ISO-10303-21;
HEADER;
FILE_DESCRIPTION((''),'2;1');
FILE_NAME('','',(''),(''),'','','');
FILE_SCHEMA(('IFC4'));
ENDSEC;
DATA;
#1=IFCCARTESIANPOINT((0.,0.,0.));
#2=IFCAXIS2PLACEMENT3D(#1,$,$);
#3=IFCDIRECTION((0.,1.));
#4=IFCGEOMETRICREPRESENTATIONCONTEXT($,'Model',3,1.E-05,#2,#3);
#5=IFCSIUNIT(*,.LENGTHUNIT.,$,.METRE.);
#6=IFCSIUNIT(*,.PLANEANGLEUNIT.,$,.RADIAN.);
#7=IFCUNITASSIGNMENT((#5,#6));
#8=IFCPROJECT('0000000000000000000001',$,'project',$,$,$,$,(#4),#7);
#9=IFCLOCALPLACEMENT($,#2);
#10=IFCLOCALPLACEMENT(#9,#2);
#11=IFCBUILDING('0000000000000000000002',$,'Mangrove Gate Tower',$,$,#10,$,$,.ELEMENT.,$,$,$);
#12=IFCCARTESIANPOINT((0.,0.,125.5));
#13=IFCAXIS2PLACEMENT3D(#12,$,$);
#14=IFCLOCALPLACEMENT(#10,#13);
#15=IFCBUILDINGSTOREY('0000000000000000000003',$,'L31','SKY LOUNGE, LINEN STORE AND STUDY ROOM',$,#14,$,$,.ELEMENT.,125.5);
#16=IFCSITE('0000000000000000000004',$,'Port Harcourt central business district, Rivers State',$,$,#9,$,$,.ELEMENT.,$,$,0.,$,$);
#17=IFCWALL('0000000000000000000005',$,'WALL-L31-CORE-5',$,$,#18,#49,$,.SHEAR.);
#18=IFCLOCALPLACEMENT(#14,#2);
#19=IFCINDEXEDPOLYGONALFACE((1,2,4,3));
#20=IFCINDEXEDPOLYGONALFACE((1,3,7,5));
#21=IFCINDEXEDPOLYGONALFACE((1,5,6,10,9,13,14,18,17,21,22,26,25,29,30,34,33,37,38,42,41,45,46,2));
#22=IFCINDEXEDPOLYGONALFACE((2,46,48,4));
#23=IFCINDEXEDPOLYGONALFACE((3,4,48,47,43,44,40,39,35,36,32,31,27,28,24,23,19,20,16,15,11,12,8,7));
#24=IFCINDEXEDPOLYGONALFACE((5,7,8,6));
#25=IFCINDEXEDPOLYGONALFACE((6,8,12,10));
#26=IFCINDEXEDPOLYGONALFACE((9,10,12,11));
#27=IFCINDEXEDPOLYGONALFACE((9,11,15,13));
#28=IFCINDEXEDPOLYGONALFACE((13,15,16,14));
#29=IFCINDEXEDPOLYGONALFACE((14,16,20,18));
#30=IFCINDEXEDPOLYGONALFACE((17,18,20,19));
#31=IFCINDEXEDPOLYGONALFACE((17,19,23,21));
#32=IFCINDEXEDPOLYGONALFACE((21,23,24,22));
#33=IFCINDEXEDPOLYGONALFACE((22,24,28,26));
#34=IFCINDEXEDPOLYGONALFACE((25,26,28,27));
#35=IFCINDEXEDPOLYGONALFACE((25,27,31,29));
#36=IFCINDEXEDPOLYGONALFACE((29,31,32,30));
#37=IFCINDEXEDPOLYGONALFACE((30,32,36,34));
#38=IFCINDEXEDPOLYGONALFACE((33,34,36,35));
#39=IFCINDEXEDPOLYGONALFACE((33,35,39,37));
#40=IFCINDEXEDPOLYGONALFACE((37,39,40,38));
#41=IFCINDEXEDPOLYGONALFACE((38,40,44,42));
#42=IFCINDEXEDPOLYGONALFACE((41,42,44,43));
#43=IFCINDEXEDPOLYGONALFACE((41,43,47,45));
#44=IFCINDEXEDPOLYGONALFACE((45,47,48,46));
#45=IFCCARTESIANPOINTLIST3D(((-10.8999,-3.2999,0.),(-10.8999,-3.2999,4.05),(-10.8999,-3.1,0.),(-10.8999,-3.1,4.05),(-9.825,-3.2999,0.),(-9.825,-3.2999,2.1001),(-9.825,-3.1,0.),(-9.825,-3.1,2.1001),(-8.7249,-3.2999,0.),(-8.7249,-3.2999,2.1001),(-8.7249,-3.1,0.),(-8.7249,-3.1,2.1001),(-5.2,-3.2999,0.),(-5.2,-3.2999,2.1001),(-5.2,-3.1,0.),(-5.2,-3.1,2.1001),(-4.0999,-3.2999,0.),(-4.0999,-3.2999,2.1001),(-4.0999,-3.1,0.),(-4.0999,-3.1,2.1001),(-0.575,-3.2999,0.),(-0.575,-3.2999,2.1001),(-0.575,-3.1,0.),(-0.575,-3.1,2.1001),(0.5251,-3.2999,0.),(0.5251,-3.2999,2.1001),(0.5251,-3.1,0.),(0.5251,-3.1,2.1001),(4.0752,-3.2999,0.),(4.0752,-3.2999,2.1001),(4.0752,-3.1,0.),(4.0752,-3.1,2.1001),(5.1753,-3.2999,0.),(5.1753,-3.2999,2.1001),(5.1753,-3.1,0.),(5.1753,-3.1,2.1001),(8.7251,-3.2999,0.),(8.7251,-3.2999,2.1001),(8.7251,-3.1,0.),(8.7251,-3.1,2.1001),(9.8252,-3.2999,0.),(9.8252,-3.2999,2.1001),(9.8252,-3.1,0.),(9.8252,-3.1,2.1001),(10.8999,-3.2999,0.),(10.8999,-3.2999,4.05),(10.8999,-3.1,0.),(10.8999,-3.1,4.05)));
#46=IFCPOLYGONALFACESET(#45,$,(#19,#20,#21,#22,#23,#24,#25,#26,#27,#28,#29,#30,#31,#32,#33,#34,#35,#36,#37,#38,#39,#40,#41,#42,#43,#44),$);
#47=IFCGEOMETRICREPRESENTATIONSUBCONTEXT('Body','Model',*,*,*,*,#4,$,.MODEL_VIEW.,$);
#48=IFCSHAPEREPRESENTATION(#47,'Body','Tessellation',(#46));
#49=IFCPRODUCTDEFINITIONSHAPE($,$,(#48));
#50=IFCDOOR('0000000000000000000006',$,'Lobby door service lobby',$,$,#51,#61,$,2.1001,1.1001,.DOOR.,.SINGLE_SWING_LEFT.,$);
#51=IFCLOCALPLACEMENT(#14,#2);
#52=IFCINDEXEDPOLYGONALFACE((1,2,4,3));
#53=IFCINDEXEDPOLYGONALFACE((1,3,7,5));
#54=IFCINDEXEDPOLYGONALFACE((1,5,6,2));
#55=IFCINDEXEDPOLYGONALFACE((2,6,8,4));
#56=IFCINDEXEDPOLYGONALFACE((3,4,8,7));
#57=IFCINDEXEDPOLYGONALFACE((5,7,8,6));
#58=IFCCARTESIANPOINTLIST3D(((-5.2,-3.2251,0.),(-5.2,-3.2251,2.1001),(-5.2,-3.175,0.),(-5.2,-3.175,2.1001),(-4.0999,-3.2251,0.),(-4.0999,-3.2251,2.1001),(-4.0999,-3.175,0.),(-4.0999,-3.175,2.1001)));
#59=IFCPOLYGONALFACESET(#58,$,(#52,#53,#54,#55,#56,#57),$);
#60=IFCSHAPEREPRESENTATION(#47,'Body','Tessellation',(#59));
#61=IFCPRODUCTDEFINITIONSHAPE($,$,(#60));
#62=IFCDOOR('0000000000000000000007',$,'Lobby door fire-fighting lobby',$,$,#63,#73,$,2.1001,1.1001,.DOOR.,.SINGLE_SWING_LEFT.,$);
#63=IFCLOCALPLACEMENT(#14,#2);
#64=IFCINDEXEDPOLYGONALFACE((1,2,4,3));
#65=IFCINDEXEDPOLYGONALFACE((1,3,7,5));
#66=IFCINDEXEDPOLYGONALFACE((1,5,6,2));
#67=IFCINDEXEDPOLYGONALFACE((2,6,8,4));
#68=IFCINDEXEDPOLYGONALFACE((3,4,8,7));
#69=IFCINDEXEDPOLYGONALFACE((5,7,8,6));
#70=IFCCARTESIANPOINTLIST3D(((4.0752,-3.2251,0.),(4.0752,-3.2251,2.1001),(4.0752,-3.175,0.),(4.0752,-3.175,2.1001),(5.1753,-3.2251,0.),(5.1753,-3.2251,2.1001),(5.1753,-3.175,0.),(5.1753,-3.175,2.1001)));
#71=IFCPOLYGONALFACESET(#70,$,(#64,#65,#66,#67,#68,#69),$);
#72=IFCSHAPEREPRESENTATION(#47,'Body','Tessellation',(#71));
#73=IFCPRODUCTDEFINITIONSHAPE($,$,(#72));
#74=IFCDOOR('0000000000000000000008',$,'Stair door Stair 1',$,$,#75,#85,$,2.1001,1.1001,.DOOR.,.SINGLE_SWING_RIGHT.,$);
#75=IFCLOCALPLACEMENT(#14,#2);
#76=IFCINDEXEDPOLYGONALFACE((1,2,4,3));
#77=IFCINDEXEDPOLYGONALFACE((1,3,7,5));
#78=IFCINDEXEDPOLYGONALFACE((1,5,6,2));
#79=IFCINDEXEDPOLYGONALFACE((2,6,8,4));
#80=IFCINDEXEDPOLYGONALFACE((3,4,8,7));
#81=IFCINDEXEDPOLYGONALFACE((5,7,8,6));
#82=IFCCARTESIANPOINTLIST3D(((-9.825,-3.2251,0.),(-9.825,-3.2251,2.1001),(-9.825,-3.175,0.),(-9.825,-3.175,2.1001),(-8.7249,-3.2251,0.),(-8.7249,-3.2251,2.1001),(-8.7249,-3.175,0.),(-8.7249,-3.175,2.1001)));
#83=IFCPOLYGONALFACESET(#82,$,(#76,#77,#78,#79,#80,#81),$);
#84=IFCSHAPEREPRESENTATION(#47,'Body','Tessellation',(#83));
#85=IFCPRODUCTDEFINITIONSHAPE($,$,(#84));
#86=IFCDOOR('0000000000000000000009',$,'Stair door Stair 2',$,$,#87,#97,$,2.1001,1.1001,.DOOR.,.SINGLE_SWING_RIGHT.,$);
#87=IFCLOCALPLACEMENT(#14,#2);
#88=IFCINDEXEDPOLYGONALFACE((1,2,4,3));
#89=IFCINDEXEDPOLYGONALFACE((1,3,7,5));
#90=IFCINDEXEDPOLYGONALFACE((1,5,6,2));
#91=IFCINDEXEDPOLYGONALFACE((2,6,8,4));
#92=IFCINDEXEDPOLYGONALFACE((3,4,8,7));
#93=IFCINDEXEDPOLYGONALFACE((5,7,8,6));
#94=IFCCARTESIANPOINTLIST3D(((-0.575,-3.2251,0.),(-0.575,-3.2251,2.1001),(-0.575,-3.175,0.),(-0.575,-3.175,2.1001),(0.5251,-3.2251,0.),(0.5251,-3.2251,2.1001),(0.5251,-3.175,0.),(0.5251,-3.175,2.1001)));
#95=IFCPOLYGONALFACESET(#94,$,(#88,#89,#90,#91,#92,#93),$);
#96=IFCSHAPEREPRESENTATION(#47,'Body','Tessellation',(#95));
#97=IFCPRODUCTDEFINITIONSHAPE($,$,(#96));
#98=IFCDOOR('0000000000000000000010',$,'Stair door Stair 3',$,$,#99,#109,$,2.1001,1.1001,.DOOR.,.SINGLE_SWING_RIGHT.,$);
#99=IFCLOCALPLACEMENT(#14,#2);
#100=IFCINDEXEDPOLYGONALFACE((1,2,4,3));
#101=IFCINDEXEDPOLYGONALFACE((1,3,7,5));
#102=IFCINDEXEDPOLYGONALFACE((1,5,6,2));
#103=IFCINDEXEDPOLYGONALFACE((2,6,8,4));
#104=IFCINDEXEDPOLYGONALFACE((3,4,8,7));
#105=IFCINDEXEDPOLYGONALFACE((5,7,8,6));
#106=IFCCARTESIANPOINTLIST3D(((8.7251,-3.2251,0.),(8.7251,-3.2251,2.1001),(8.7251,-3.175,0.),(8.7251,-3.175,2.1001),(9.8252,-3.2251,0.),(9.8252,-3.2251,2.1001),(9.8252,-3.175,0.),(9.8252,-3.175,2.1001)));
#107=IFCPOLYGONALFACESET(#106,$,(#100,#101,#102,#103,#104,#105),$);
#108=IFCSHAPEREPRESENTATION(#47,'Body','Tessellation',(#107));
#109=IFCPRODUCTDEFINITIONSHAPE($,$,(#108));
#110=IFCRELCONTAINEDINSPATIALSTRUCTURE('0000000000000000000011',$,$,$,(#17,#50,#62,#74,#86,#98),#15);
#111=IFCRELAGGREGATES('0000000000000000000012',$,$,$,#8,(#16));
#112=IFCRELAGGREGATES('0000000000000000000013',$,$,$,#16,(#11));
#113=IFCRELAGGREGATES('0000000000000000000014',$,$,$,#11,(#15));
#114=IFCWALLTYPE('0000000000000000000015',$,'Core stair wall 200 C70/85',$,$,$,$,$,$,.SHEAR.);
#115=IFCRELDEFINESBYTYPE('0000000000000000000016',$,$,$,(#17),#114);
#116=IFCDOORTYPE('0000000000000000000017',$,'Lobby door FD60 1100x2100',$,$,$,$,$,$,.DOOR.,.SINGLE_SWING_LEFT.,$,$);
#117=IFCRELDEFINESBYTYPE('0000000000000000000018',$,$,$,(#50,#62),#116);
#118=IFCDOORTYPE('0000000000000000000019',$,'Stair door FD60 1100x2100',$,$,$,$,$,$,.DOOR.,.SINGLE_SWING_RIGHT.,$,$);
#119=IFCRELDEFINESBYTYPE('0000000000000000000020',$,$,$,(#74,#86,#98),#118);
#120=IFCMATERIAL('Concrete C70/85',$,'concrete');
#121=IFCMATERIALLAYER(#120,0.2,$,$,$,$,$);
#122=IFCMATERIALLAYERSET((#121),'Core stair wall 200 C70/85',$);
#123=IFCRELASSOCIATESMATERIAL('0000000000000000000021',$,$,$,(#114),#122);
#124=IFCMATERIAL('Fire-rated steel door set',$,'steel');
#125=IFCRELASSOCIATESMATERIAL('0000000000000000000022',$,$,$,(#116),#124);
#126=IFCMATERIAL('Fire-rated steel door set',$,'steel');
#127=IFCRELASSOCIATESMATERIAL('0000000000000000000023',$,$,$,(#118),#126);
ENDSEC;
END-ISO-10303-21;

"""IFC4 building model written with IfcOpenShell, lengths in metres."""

from ifc_helpers import new_model, si_unit, direction, frame, frame_2d, origin, place, context, subcontext, project, spatial, rectangle, extrude, material, layer, layer_set, type_object, element, fill, save


model = new_model("IFC4")

# Units and contexts
model_context = context("Model", 3, precision=1e-05, world=origin(), true_north=direction((0.0, 1.0)))
body_context = subcontext(model_context, "Body", "Model", "MODEL_VIEW")
ifc_project = project(units=[si_unit("LENGTHUNIT", "METRE"), si_unit("PLANEANGLEUNIT", "RADIAN")], contexts=[model_context])

# Site, building, storey
site_placement = place(None, origin())
site = spatial("IfcSite", under=ifc_project, at=site_placement, Name="Port Harcourt central business district, Rivers State", CompositionType="ELEMENT", RefElevation=0.0)
building_placement = place(site_placement, origin())
building = spatial("IfcBuilding", under=site, at=building_placement, Name="Mangrove Gate Tower", CompositionType="ELEMENT")
storey_placement = place(building_placement, frame((0.0, 0.0, 125.5)))
storey = spatial("IfcBuildingStorey", under=building, at=storey_placement, Name="L31", Description="SKY LOUNGE, LINEN STORE AND STUDY ROOM", CompositionType="ELEMENT", Elevation=125.5)

# Wall, openings, doors
ifc_material_1 = material(Name="Concrete C70/85", Category="concrete")
ifc_layer_1 = layer(ifc_material_1, 0.2)
ifc_layer_set_1 = layer_set([ifc_layer_1], Name="Core stair wall 200 C70/85")
wall_type_1 = type_object("IfcWallType", Name="Core stair wall 200 C70/85", PredefinedType="SHEAR", material=ifc_layer_set_1)
wall_1_placement = place(storey_placement, frame((-10.8999, -3.2, 0.0), z_axis=(0.0, 0.0, 1.0), x_axis=(1.0, 0.0, 0.0)))
wall_1 = element("IfcWall", 1, at=wall_1_placement, inside=storey, type_object=wall_type_1, Name="WALL-L31-CORE-5", PredefinedType="SHEAR", context=body_context, shape_type="SweptSolid", body=[
    extrude(rectangle(XDim=21.7998, YDim=0.2, at=frame_2d((10.8999, 0.0))), origin(), (0.0, 0.0, 1.0), 4.05),
])
opening_1_placement = place(wall_1_placement, frame((1.075, 0.0, 0.0)))
opening_1 = element("IfcOpeningElement", 2, at=opening_1_placement, cuts=wall_1, PredefinedType="OPENING", context=body_context, shape_type="SweptSolid", body=[
    extrude(rectangle(XDim=1.1001, YDim=2.1001, at=frame_2d((0.55, 1.05))), frame((0.0, 0.1099, 0.0), z_axis=(0.0, -1.0, 0.0), x_axis=(1.0, 0.0, 0.0)), (0.0, 0.0, 1.0), 0.22),
])
opening_2_placement = place(wall_1_placement, frame((10.325, 0.0, 0.0)))
opening_2 = element("IfcOpeningElement", 3, at=opening_2_placement, cuts=wall_1, PredefinedType="OPENING", context=body_context, shape_type="SweptSolid", body=[
    extrude(rectangle(XDim=1.1001, YDim=2.1001, at=frame_2d((0.55, 1.05))), frame((0.0, 0.1099, 0.0), z_axis=(0.0, -1.0, 0.0), x_axis=(1.0, 0.0, 0.0)), (0.0, 0.0, 1.0), 0.22),
])
opening_3_placement = place(wall_1_placement, frame((19.625, 0.0, 0.0)))
opening_3 = element("IfcOpeningElement", 4, at=opening_3_placement, cuts=wall_1, PredefinedType="OPENING", context=body_context, shape_type="SweptSolid", body=[
    extrude(rectangle(XDim=1.1001, YDim=2.1001, at=frame_2d((0.55, 1.05))), frame((0.0, 0.1099, 0.0), z_axis=(0.0, -1.0, 0.0), x_axis=(1.0, 0.0, 0.0)), (0.0, 0.0, 1.0), 0.22),
])
opening_4_placement = place(wall_1_placement, frame((5.7, 0.0, 0.0)))
opening_4 = element("IfcOpeningElement", 5, at=opening_4_placement, cuts=wall_1, PredefinedType="OPENING", context=body_context, shape_type="SweptSolid", body=[
    extrude(rectangle(XDim=1.1001, YDim=2.1001, at=frame_2d((0.55, 1.05))), frame((0.0, 0.1099, 0.0), z_axis=(0.0, -1.0, 0.0), x_axis=(1.0, 0.0, 0.0)), (0.0, 0.0, 1.0), 0.22),
])
opening_5_placement = place(wall_1_placement, frame((14.9751, 0.0, 0.0)))
opening_5 = element("IfcOpeningElement", 6, at=opening_5_placement, cuts=wall_1, PredefinedType="OPENING", context=body_context, shape_type="SweptSolid", body=[
    extrude(rectangle(XDim=1.1001, YDim=2.1001, at=frame_2d((0.55, 1.05))), frame((0.0, 0.1099, 0.0), z_axis=(0.0, -1.0, 0.0), x_axis=(1.0, 0.0, 0.0)), (0.0, 0.0, 1.0), 0.22),
])
ifc_material_2 = material(Name="Fire-rated steel door set", Category="steel")
door_type_1 = type_object("IfcDoorType", Name="Lobby door FD60 1100x2100", OperationType="SINGLE_SWING_LEFT", PredefinedType="DOOR", material=ifc_material_2)
door_1_placement = place(opening_4_placement, origin())
door_1 = element("IfcDoor", 7, at=door_1_placement, inside=storey, type_object=door_type_1, Name="Lobby door service lobby", OperationType="SINGLE_SWING_LEFT", OverallHeight=2.1001, OverallWidth=1.1001, PredefinedType="DOOR", context=body_context, shape_type="SweptSolid", body=[
    extrude(rectangle(XDim=1.1001, YDim=2.1001, at=frame_2d((0.55, 1.05))), frame((0.0, 0.0249, 0.0), z_axis=(0.0, -1.0, 0.0), x_axis=(1.0, 0.0, 0.0)), (0.0, 0.0, 1.0), 0.05),
])
fill(opening_4, door_1)
door_2_placement = place(opening_5_placement, origin())
door_2 = element("IfcDoor", 8, at=door_2_placement, inside=storey, type_object=door_type_1, Name="Lobby door fire-fighting lobby", OperationType="SINGLE_SWING_LEFT", OverallHeight=2.1001, OverallWidth=1.1001, PredefinedType="DOOR", context=body_context, shape_type="SweptSolid", body=[
    extrude(rectangle(XDim=1.1001, YDim=2.1001, at=frame_2d((0.55, 1.05))), frame((0.0, 0.0249, 0.0), z_axis=(0.0, -1.0, 0.0), x_axis=(1.0, 0.0, 0.0)), (0.0, 0.0, 1.0), 0.05),
])
fill(opening_5, door_2)
ifc_material_3 = material(Name="Fire-rated steel door set", Category="steel")
door_type_2 = type_object("IfcDoorType", Name="Stair door FD60 1100x2100", OperationType="SINGLE_SWING_RIGHT", PredefinedType="DOOR", material=ifc_material_3)
door_3_placement = place(opening_1_placement, origin())
door_3 = element("IfcDoor", 9, at=door_3_placement, inside=storey, type_object=door_type_2, Name="Stair door Stair 1", OperationType="SINGLE_SWING_RIGHT", OverallHeight=2.1001, OverallWidth=1.1001, PredefinedType="DOOR", context=body_context, shape_type="SweptSolid", body=[
    extrude(rectangle(XDim=1.1001, YDim=2.1001, at=frame_2d((0.55, 1.05))), frame((0.0, 0.0249, 0.0), z_axis=(0.0, -1.0, 0.0), x_axis=(1.0, 0.0, 0.0)), (0.0, 0.0, 1.0), 0.05),
])
fill(opening_1, door_3)
door_4_placement = place(opening_2_placement, origin())
door_4 = element("IfcDoor", 10, at=door_4_placement, inside=storey, type_object=door_type_2, Name="Stair door Stair 2", OperationType="SINGLE_SWING_RIGHT", OverallHeight=2.1001, OverallWidth=1.1001, PredefinedType="DOOR", context=body_context, shape_type="SweptSolid", body=[
    extrude(rectangle(XDim=1.1001, YDim=2.1001, at=frame_2d((0.55, 1.05))), frame((0.0, 0.0249, 0.0), z_axis=(0.0, -1.0, 0.0), x_axis=(1.0, 0.0, 0.0)), (0.0, 0.0, 1.0), 0.05),
])
fill(opening_2, door_4)
door_5_placement = place(opening_3_placement, origin())
door_5 = element("IfcDoor", 11, at=door_5_placement, inside=storey, type_object=door_type_2, Name="Stair door Stair 3", OperationType="SINGLE_SWING_RIGHT", OverallHeight=2.1001, OverallWidth=1.1001, PredefinedType="DOOR", context=body_context, shape_type="SweptSolid", body=[
    extrude(rectangle(XDim=1.1001, YDim=2.1001, at=frame_2d((0.55, 1.05))), frame((0.0, 0.0249, 0.0), z_axis=(0.0, -1.0, 0.0), x_axis=(1.0, 0.0, 0.0)), (0.0, 0.0, 1.0), 0.05),
])
fill(opening_3, door_5)

save(model, "model.ifc")
